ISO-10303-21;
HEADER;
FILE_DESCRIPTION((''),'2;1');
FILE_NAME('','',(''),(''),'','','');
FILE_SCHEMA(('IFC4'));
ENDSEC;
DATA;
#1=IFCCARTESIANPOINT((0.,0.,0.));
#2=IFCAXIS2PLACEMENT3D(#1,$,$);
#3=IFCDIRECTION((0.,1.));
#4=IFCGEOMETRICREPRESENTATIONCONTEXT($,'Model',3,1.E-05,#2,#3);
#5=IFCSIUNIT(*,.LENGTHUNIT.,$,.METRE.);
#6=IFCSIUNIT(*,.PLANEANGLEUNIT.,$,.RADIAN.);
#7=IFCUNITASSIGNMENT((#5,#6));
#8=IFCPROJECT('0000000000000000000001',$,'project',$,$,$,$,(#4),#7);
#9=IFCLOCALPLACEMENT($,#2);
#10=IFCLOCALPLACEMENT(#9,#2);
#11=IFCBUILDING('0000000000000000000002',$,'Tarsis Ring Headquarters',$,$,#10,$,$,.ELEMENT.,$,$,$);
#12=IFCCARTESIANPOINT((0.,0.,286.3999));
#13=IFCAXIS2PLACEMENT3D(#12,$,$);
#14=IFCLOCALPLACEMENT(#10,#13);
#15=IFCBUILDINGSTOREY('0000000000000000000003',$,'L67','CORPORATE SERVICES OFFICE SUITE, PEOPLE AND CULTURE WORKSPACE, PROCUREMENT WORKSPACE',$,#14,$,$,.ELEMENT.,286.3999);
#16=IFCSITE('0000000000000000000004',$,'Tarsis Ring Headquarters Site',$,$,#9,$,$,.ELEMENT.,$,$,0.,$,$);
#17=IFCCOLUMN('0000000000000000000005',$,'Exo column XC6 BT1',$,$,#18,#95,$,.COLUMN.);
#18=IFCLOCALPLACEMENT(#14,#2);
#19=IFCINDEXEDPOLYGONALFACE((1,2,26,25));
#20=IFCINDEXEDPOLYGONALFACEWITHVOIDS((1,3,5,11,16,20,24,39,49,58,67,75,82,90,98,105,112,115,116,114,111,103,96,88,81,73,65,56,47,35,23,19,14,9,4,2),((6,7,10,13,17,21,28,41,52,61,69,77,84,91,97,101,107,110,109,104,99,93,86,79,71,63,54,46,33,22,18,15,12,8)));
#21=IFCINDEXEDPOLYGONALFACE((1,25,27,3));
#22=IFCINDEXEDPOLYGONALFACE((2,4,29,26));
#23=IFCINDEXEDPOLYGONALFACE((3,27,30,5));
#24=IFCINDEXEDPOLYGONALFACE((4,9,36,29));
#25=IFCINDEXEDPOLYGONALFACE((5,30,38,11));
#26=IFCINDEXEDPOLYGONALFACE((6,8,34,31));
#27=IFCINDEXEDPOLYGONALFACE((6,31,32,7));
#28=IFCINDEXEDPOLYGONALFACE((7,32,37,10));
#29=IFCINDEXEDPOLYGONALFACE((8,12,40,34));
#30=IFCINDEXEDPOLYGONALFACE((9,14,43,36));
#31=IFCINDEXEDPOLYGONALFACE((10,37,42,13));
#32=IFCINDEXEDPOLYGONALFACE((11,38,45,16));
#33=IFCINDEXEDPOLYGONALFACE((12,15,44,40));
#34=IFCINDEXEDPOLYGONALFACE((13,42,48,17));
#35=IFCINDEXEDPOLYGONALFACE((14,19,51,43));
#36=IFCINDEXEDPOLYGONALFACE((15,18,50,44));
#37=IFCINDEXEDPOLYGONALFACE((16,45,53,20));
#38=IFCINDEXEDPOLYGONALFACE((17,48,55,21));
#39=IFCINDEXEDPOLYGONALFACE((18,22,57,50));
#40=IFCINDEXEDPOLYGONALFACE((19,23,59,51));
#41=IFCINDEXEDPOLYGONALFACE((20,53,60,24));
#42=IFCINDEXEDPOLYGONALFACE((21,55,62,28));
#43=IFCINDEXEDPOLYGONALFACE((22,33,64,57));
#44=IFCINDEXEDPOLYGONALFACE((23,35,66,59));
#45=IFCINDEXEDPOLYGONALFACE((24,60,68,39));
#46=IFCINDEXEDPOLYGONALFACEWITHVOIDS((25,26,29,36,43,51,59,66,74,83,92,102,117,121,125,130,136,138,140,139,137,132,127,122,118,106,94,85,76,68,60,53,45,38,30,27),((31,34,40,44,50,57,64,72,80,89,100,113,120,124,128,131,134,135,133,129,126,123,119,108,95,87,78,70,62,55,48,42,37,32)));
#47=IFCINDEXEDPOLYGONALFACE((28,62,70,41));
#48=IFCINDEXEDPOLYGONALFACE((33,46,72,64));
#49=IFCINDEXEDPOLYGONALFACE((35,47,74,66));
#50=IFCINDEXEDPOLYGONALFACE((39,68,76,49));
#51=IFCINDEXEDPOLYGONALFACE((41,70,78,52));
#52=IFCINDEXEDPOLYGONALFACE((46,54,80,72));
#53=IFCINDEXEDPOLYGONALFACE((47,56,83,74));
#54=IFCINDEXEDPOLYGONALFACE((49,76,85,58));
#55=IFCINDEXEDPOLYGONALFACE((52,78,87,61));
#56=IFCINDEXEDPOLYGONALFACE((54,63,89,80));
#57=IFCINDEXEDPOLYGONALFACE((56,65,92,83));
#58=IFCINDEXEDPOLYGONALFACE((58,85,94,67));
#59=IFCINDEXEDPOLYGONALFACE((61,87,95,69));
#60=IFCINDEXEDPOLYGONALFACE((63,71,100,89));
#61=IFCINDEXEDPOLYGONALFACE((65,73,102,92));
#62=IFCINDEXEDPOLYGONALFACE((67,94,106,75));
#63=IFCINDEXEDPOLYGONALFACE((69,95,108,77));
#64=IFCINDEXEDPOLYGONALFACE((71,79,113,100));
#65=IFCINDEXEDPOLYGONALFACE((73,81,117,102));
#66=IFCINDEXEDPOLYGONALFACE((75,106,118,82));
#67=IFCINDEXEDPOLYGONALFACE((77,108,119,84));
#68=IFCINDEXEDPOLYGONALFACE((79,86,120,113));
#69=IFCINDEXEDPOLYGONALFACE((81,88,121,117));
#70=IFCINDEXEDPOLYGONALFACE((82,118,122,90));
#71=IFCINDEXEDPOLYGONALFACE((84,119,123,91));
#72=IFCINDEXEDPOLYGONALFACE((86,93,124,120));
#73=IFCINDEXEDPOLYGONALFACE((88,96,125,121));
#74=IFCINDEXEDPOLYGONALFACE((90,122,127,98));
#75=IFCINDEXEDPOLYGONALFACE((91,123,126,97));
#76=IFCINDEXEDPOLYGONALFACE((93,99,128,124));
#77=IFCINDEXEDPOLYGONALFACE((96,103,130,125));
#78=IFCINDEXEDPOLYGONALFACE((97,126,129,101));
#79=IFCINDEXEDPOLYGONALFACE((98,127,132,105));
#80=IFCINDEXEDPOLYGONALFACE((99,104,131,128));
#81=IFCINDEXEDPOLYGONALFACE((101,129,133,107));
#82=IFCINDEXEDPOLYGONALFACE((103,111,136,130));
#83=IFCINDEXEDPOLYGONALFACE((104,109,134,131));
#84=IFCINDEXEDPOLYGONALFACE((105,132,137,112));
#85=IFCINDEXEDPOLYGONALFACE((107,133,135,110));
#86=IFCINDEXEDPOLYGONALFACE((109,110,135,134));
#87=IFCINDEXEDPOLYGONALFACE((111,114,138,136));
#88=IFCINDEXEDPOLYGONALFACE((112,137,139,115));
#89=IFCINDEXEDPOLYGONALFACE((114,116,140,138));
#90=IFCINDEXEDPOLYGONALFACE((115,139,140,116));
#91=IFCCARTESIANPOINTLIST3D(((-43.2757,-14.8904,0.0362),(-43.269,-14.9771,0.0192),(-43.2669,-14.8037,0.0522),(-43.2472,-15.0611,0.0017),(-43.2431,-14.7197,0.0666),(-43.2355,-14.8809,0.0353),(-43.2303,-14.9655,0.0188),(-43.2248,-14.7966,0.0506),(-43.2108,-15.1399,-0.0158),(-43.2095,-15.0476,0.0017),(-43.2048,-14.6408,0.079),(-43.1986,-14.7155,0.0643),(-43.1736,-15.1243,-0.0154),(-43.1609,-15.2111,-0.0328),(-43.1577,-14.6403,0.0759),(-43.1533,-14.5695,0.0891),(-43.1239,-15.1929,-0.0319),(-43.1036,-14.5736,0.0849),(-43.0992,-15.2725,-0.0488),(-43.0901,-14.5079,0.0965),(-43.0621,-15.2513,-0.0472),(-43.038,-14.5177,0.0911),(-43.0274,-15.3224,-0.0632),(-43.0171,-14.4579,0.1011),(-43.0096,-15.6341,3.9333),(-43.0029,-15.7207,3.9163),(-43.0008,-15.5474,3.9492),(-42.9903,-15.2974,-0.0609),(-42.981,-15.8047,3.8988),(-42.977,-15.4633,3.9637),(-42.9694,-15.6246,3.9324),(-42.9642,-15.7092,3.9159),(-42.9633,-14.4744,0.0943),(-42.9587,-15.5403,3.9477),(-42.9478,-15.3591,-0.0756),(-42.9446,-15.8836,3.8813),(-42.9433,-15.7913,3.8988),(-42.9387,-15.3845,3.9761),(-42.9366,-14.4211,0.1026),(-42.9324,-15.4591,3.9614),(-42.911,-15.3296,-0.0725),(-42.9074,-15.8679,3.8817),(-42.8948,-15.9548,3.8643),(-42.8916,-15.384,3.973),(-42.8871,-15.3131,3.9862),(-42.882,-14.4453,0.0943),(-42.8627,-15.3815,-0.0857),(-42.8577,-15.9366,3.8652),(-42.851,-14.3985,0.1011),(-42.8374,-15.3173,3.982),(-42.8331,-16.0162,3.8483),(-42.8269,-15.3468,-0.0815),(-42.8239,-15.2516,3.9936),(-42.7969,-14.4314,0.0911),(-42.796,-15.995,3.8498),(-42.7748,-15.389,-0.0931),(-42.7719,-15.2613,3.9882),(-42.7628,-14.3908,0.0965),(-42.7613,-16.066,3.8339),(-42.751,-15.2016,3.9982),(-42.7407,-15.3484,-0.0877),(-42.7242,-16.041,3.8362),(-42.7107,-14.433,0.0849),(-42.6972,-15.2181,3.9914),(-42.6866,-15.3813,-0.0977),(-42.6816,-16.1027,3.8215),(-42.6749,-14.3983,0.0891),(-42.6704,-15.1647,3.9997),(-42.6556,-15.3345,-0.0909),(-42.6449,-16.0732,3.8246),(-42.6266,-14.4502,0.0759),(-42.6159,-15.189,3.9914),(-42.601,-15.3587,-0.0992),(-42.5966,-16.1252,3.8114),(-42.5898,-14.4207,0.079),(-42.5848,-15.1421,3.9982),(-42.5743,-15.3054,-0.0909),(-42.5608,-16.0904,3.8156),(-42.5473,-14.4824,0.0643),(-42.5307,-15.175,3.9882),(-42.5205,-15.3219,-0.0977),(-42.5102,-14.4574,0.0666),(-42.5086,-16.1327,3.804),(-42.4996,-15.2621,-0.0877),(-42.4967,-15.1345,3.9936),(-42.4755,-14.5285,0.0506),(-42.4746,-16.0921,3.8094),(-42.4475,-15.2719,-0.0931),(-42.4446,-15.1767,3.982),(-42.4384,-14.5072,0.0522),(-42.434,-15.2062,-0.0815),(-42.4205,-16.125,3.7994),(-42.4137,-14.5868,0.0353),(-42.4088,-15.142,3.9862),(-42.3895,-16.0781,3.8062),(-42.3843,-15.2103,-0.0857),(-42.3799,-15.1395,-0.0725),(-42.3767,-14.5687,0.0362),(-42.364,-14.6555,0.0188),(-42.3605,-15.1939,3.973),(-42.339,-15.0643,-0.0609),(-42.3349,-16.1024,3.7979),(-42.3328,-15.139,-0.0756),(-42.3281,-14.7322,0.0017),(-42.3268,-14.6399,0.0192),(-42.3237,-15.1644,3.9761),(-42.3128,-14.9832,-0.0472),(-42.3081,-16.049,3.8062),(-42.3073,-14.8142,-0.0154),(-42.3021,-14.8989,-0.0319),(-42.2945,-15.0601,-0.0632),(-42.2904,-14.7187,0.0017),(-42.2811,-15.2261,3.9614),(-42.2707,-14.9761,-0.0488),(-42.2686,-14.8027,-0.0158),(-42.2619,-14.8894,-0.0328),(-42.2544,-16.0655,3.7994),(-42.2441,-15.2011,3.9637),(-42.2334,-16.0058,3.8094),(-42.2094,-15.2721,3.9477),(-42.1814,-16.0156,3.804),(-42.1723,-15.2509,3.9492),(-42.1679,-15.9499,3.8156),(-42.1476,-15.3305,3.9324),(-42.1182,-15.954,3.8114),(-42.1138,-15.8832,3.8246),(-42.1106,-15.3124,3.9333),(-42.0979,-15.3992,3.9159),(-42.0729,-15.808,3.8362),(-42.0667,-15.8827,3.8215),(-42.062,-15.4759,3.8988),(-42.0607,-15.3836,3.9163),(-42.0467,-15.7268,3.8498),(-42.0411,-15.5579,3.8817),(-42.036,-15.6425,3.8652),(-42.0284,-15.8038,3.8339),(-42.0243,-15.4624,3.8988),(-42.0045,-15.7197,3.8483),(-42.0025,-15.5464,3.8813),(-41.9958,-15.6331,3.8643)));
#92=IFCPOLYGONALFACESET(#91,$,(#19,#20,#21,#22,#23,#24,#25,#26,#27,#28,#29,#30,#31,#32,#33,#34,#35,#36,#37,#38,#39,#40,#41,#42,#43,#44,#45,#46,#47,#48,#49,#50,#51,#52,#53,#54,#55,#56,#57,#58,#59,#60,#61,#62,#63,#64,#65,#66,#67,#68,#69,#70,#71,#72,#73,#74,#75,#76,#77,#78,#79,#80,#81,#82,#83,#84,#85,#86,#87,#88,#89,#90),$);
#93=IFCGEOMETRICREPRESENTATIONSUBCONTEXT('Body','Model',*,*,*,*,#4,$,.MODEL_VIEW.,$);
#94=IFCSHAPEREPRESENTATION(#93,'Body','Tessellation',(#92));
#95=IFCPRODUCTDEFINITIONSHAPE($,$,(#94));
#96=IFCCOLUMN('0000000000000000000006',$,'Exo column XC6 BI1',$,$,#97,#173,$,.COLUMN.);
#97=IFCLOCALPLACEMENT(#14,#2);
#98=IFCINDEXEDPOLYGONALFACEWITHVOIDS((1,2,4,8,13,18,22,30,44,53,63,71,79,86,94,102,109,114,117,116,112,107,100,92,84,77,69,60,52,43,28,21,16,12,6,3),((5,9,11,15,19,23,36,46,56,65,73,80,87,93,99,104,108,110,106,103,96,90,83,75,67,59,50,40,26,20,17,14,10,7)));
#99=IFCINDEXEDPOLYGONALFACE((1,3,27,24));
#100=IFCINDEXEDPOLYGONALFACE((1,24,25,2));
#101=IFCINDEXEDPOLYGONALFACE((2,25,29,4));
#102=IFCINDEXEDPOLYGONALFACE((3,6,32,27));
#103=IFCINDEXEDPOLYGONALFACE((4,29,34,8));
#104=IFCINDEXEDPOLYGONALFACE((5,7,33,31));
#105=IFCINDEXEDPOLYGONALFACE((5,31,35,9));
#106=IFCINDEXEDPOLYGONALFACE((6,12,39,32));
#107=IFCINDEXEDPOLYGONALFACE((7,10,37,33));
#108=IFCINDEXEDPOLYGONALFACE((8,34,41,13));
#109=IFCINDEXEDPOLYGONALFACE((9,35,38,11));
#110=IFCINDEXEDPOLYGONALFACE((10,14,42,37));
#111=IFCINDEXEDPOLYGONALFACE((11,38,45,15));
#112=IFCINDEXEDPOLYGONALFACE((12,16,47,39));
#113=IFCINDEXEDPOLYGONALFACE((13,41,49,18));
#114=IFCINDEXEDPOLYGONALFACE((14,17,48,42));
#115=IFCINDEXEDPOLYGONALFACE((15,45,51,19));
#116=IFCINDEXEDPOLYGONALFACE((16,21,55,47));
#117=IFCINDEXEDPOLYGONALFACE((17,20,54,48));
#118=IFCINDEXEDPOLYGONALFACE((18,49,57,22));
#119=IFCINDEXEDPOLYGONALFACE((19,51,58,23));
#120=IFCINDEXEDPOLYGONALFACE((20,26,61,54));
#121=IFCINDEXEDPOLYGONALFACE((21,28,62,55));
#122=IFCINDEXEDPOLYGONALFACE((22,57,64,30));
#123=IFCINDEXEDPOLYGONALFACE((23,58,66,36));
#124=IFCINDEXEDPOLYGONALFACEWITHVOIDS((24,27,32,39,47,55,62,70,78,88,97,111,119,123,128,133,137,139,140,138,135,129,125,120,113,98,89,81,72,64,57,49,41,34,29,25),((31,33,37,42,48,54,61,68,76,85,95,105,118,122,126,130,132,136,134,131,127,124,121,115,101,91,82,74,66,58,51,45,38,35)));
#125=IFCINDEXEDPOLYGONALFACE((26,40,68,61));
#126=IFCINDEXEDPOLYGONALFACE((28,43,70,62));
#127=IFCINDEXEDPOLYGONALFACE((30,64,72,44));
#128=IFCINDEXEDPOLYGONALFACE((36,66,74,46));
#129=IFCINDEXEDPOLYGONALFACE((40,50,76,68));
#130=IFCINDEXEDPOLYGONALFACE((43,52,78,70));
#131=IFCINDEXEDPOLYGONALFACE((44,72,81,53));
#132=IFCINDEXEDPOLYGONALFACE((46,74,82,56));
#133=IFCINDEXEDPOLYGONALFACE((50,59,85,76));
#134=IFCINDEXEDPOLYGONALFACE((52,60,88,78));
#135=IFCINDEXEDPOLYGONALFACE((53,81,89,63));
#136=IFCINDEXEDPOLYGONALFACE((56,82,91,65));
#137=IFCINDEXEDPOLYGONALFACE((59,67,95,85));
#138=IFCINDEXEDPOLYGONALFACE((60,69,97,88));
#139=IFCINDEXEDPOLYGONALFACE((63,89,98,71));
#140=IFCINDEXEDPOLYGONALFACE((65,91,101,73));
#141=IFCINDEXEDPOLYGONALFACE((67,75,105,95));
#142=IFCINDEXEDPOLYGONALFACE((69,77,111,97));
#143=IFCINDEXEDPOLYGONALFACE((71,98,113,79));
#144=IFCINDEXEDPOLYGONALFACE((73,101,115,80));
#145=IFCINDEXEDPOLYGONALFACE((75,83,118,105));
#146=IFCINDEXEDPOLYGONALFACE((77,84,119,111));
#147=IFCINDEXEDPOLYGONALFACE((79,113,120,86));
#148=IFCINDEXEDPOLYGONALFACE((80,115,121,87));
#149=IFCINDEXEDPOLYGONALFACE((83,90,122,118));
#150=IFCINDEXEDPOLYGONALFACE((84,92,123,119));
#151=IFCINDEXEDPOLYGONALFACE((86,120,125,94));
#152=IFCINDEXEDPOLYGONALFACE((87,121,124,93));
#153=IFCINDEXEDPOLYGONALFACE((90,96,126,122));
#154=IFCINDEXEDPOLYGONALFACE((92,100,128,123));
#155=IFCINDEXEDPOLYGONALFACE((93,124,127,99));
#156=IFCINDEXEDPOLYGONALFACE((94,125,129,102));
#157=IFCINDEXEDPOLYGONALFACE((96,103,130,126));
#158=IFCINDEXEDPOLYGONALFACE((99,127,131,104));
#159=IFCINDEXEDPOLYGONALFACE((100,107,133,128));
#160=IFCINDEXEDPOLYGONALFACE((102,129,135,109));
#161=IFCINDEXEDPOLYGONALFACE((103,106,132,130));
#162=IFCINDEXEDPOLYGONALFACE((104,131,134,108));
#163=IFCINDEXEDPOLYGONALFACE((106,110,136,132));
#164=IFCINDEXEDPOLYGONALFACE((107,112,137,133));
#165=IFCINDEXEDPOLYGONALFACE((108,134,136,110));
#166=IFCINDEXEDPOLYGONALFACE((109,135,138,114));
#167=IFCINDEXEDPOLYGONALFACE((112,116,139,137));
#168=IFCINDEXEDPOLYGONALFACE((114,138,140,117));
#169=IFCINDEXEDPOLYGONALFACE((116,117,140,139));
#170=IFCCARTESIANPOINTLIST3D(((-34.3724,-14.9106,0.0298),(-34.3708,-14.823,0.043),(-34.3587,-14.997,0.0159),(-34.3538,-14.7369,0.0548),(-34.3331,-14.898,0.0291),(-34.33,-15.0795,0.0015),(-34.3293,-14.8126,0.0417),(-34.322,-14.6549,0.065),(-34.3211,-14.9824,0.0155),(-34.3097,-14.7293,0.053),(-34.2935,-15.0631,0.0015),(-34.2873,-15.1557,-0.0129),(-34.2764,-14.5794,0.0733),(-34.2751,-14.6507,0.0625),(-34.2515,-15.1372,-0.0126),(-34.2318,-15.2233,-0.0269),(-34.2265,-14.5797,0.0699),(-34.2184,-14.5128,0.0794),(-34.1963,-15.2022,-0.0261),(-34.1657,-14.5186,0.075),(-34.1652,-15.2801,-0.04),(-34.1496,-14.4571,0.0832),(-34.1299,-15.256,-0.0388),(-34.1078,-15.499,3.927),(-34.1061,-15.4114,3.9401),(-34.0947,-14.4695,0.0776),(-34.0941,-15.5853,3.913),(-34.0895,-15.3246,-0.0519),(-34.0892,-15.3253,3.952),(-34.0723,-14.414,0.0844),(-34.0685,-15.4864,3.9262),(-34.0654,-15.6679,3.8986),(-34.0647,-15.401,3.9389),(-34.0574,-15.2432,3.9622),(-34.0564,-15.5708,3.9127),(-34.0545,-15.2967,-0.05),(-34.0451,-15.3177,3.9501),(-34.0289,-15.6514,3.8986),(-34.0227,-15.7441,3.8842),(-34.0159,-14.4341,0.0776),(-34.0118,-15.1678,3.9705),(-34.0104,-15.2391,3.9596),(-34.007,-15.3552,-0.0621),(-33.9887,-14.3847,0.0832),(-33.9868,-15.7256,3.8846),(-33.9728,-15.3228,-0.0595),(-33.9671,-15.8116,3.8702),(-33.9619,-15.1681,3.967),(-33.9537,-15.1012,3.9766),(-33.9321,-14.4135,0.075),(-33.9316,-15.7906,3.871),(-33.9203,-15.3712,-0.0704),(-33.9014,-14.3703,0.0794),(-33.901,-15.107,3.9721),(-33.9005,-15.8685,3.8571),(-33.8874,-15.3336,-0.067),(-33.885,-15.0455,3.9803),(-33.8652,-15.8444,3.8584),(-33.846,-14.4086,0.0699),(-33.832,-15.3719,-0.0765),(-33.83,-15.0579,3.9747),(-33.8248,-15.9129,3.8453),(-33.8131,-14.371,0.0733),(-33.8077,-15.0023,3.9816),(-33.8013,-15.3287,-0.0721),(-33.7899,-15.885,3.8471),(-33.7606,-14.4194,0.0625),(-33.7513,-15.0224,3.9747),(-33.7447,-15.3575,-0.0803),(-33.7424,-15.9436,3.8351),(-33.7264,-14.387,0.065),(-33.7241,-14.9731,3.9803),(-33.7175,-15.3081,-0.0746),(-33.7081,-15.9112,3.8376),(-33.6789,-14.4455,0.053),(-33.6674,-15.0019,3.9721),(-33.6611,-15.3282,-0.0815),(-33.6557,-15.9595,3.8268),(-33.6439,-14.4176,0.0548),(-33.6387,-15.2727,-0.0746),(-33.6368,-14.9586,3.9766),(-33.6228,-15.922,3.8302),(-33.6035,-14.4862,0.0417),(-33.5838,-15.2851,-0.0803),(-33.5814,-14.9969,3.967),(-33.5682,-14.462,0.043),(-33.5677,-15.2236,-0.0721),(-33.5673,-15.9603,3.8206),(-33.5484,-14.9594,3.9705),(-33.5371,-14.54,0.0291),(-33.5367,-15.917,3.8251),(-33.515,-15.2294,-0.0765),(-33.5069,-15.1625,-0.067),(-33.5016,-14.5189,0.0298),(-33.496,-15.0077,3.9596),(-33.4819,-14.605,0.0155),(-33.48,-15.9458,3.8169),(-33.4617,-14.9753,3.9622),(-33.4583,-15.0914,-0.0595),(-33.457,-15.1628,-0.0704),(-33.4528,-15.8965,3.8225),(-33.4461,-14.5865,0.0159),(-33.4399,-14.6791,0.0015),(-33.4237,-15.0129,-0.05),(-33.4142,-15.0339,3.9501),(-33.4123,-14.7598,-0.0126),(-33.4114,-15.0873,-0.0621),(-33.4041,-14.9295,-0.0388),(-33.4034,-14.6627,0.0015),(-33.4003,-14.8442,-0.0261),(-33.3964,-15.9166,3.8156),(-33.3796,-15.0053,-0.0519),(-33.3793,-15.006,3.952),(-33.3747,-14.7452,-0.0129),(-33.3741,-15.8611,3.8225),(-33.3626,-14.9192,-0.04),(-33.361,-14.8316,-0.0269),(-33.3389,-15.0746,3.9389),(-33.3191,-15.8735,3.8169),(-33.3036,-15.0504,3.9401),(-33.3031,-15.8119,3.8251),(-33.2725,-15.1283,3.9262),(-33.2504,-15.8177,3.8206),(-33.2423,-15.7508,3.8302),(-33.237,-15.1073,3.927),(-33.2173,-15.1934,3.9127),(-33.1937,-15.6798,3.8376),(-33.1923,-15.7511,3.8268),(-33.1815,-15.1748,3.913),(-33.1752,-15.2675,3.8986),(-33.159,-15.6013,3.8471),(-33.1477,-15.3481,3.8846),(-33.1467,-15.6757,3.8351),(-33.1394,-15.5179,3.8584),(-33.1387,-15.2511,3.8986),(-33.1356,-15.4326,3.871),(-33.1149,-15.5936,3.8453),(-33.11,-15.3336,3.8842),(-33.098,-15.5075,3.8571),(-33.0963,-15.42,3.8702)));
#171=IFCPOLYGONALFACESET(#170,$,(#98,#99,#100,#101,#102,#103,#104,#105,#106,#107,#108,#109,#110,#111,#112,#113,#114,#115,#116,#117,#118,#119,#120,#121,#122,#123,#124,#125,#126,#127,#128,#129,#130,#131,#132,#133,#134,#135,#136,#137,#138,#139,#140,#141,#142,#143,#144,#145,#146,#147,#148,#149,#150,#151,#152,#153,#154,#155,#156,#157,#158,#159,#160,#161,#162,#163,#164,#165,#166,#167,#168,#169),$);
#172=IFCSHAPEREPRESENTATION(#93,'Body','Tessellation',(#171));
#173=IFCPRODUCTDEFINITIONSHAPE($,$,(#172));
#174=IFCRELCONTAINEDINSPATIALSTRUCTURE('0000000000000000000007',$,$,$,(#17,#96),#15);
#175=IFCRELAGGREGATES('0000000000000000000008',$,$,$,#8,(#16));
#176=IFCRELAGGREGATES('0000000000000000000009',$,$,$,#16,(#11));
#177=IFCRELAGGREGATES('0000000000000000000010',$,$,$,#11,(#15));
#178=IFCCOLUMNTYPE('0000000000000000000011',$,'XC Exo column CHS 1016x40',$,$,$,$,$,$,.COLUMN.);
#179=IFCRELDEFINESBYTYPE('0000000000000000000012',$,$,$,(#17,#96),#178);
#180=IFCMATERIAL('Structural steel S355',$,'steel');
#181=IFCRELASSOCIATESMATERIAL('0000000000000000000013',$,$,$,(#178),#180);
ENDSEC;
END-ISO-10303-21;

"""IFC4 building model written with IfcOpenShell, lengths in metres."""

from ifc_helpers import new_model, si_unit, direction, frame, origin, origin_2d, place, context, subcontext, project, spatial, hollow_circle, extrude, material, material_profile, profile_set, type_object, element, save


model = new_model("IFC4")

# Units and contexts
model_context = context("Model", 3, precision=1e-05, world=origin(), true_north=direction((0.0, 1.0)))
body_context = subcontext(model_context, "Body", "Model", "MODEL_VIEW")
ifc_project = project(units=[si_unit("LENGTHUNIT", "METRE"), si_unit("PLANEANGLEUNIT", "RADIAN")], contexts=[model_context])

# Site, building, storey
site_placement = place(None, origin())
site = spatial("IfcSite", under=ifc_project, at=site_placement, Name="Tarsis Ring Headquarters Site", CompositionType="ELEMENT", RefElevation=0.0)
building_placement = place(site_placement, origin())
building = spatial("IfcBuilding", under=site, at=building_placement, Name="Tarsis Ring Headquarters", CompositionType="ELEMENT")
storey_placement = place(building_placement, frame((0.0, 0.0, 286.3999)))
storey = spatial("IfcBuildingStorey", under=building, at=storey_placement, Name="L67", Description="CORPORATE SERVICES OFFICE SUITE, PEOPLE AND CULTURE WORKSPACE, PROCUREMENT WORKSPACE", CompositionType="ELEMENT", Elevation=286.3999)

# Columns
ifc_material_1 = material(Name="Structural steel S355", Category="steel")
ifc_material_profile_1 = material_profile(ifc_material_1, hollow_circle(Radius=0.5081, WallThickness=0.04, at=origin_2d()), Name="CHS 1016x40")
ifc_profile_set_1 = profile_set([ifc_material_profile_1], Name="Structural steel S355")
column_type = type_object("IfcColumnType", Name="XC Exo column CHS 1016x40", PredefinedType="COLUMN", material=ifc_profile_set_1)
column_1_placement = place(storey_placement, frame((-42.7688, -14.8899, 0.0017), z_axis=(0.066926, -0.187026, 0.980073), x_axis=(0.941532, 0.336924, 0.0)))
element("IfcColumn", 1, at=column_1_placement, inside=storey, type_object=column_type, Name="Exo column XC6 BT1", PredefinedType="COLUMN", context=body_context, shape_type="SweptSolid", body=[
    extrude(hollow_circle(Radius=0.5081, WallThickness=0.04, at=origin_2d()), origin(), (0.0, 0.0, 1.0), 3.9763),
])
column_2_placement = place(storey_placement, frame((-33.8667, -14.8711, 0.0015), z_axis=(0.066995, -0.148947, 0.986573), x_axis=(0.911992, 0.410207, 0.0)))
element("IfcColumn", 2, at=column_2_placement, inside=storey, type_object=column_type, Name="Exo column XC6 BI1", PredefinedType="COLUMN", context=body_context, shape_type="SweptSolid", body=[
    extrude(hollow_circle(Radius=0.5081, WallThickness=0.04, at=origin_2d()), origin(), (0.0, 0.0, 1.0), 3.9502),
])

save(model, "model.ifc")
